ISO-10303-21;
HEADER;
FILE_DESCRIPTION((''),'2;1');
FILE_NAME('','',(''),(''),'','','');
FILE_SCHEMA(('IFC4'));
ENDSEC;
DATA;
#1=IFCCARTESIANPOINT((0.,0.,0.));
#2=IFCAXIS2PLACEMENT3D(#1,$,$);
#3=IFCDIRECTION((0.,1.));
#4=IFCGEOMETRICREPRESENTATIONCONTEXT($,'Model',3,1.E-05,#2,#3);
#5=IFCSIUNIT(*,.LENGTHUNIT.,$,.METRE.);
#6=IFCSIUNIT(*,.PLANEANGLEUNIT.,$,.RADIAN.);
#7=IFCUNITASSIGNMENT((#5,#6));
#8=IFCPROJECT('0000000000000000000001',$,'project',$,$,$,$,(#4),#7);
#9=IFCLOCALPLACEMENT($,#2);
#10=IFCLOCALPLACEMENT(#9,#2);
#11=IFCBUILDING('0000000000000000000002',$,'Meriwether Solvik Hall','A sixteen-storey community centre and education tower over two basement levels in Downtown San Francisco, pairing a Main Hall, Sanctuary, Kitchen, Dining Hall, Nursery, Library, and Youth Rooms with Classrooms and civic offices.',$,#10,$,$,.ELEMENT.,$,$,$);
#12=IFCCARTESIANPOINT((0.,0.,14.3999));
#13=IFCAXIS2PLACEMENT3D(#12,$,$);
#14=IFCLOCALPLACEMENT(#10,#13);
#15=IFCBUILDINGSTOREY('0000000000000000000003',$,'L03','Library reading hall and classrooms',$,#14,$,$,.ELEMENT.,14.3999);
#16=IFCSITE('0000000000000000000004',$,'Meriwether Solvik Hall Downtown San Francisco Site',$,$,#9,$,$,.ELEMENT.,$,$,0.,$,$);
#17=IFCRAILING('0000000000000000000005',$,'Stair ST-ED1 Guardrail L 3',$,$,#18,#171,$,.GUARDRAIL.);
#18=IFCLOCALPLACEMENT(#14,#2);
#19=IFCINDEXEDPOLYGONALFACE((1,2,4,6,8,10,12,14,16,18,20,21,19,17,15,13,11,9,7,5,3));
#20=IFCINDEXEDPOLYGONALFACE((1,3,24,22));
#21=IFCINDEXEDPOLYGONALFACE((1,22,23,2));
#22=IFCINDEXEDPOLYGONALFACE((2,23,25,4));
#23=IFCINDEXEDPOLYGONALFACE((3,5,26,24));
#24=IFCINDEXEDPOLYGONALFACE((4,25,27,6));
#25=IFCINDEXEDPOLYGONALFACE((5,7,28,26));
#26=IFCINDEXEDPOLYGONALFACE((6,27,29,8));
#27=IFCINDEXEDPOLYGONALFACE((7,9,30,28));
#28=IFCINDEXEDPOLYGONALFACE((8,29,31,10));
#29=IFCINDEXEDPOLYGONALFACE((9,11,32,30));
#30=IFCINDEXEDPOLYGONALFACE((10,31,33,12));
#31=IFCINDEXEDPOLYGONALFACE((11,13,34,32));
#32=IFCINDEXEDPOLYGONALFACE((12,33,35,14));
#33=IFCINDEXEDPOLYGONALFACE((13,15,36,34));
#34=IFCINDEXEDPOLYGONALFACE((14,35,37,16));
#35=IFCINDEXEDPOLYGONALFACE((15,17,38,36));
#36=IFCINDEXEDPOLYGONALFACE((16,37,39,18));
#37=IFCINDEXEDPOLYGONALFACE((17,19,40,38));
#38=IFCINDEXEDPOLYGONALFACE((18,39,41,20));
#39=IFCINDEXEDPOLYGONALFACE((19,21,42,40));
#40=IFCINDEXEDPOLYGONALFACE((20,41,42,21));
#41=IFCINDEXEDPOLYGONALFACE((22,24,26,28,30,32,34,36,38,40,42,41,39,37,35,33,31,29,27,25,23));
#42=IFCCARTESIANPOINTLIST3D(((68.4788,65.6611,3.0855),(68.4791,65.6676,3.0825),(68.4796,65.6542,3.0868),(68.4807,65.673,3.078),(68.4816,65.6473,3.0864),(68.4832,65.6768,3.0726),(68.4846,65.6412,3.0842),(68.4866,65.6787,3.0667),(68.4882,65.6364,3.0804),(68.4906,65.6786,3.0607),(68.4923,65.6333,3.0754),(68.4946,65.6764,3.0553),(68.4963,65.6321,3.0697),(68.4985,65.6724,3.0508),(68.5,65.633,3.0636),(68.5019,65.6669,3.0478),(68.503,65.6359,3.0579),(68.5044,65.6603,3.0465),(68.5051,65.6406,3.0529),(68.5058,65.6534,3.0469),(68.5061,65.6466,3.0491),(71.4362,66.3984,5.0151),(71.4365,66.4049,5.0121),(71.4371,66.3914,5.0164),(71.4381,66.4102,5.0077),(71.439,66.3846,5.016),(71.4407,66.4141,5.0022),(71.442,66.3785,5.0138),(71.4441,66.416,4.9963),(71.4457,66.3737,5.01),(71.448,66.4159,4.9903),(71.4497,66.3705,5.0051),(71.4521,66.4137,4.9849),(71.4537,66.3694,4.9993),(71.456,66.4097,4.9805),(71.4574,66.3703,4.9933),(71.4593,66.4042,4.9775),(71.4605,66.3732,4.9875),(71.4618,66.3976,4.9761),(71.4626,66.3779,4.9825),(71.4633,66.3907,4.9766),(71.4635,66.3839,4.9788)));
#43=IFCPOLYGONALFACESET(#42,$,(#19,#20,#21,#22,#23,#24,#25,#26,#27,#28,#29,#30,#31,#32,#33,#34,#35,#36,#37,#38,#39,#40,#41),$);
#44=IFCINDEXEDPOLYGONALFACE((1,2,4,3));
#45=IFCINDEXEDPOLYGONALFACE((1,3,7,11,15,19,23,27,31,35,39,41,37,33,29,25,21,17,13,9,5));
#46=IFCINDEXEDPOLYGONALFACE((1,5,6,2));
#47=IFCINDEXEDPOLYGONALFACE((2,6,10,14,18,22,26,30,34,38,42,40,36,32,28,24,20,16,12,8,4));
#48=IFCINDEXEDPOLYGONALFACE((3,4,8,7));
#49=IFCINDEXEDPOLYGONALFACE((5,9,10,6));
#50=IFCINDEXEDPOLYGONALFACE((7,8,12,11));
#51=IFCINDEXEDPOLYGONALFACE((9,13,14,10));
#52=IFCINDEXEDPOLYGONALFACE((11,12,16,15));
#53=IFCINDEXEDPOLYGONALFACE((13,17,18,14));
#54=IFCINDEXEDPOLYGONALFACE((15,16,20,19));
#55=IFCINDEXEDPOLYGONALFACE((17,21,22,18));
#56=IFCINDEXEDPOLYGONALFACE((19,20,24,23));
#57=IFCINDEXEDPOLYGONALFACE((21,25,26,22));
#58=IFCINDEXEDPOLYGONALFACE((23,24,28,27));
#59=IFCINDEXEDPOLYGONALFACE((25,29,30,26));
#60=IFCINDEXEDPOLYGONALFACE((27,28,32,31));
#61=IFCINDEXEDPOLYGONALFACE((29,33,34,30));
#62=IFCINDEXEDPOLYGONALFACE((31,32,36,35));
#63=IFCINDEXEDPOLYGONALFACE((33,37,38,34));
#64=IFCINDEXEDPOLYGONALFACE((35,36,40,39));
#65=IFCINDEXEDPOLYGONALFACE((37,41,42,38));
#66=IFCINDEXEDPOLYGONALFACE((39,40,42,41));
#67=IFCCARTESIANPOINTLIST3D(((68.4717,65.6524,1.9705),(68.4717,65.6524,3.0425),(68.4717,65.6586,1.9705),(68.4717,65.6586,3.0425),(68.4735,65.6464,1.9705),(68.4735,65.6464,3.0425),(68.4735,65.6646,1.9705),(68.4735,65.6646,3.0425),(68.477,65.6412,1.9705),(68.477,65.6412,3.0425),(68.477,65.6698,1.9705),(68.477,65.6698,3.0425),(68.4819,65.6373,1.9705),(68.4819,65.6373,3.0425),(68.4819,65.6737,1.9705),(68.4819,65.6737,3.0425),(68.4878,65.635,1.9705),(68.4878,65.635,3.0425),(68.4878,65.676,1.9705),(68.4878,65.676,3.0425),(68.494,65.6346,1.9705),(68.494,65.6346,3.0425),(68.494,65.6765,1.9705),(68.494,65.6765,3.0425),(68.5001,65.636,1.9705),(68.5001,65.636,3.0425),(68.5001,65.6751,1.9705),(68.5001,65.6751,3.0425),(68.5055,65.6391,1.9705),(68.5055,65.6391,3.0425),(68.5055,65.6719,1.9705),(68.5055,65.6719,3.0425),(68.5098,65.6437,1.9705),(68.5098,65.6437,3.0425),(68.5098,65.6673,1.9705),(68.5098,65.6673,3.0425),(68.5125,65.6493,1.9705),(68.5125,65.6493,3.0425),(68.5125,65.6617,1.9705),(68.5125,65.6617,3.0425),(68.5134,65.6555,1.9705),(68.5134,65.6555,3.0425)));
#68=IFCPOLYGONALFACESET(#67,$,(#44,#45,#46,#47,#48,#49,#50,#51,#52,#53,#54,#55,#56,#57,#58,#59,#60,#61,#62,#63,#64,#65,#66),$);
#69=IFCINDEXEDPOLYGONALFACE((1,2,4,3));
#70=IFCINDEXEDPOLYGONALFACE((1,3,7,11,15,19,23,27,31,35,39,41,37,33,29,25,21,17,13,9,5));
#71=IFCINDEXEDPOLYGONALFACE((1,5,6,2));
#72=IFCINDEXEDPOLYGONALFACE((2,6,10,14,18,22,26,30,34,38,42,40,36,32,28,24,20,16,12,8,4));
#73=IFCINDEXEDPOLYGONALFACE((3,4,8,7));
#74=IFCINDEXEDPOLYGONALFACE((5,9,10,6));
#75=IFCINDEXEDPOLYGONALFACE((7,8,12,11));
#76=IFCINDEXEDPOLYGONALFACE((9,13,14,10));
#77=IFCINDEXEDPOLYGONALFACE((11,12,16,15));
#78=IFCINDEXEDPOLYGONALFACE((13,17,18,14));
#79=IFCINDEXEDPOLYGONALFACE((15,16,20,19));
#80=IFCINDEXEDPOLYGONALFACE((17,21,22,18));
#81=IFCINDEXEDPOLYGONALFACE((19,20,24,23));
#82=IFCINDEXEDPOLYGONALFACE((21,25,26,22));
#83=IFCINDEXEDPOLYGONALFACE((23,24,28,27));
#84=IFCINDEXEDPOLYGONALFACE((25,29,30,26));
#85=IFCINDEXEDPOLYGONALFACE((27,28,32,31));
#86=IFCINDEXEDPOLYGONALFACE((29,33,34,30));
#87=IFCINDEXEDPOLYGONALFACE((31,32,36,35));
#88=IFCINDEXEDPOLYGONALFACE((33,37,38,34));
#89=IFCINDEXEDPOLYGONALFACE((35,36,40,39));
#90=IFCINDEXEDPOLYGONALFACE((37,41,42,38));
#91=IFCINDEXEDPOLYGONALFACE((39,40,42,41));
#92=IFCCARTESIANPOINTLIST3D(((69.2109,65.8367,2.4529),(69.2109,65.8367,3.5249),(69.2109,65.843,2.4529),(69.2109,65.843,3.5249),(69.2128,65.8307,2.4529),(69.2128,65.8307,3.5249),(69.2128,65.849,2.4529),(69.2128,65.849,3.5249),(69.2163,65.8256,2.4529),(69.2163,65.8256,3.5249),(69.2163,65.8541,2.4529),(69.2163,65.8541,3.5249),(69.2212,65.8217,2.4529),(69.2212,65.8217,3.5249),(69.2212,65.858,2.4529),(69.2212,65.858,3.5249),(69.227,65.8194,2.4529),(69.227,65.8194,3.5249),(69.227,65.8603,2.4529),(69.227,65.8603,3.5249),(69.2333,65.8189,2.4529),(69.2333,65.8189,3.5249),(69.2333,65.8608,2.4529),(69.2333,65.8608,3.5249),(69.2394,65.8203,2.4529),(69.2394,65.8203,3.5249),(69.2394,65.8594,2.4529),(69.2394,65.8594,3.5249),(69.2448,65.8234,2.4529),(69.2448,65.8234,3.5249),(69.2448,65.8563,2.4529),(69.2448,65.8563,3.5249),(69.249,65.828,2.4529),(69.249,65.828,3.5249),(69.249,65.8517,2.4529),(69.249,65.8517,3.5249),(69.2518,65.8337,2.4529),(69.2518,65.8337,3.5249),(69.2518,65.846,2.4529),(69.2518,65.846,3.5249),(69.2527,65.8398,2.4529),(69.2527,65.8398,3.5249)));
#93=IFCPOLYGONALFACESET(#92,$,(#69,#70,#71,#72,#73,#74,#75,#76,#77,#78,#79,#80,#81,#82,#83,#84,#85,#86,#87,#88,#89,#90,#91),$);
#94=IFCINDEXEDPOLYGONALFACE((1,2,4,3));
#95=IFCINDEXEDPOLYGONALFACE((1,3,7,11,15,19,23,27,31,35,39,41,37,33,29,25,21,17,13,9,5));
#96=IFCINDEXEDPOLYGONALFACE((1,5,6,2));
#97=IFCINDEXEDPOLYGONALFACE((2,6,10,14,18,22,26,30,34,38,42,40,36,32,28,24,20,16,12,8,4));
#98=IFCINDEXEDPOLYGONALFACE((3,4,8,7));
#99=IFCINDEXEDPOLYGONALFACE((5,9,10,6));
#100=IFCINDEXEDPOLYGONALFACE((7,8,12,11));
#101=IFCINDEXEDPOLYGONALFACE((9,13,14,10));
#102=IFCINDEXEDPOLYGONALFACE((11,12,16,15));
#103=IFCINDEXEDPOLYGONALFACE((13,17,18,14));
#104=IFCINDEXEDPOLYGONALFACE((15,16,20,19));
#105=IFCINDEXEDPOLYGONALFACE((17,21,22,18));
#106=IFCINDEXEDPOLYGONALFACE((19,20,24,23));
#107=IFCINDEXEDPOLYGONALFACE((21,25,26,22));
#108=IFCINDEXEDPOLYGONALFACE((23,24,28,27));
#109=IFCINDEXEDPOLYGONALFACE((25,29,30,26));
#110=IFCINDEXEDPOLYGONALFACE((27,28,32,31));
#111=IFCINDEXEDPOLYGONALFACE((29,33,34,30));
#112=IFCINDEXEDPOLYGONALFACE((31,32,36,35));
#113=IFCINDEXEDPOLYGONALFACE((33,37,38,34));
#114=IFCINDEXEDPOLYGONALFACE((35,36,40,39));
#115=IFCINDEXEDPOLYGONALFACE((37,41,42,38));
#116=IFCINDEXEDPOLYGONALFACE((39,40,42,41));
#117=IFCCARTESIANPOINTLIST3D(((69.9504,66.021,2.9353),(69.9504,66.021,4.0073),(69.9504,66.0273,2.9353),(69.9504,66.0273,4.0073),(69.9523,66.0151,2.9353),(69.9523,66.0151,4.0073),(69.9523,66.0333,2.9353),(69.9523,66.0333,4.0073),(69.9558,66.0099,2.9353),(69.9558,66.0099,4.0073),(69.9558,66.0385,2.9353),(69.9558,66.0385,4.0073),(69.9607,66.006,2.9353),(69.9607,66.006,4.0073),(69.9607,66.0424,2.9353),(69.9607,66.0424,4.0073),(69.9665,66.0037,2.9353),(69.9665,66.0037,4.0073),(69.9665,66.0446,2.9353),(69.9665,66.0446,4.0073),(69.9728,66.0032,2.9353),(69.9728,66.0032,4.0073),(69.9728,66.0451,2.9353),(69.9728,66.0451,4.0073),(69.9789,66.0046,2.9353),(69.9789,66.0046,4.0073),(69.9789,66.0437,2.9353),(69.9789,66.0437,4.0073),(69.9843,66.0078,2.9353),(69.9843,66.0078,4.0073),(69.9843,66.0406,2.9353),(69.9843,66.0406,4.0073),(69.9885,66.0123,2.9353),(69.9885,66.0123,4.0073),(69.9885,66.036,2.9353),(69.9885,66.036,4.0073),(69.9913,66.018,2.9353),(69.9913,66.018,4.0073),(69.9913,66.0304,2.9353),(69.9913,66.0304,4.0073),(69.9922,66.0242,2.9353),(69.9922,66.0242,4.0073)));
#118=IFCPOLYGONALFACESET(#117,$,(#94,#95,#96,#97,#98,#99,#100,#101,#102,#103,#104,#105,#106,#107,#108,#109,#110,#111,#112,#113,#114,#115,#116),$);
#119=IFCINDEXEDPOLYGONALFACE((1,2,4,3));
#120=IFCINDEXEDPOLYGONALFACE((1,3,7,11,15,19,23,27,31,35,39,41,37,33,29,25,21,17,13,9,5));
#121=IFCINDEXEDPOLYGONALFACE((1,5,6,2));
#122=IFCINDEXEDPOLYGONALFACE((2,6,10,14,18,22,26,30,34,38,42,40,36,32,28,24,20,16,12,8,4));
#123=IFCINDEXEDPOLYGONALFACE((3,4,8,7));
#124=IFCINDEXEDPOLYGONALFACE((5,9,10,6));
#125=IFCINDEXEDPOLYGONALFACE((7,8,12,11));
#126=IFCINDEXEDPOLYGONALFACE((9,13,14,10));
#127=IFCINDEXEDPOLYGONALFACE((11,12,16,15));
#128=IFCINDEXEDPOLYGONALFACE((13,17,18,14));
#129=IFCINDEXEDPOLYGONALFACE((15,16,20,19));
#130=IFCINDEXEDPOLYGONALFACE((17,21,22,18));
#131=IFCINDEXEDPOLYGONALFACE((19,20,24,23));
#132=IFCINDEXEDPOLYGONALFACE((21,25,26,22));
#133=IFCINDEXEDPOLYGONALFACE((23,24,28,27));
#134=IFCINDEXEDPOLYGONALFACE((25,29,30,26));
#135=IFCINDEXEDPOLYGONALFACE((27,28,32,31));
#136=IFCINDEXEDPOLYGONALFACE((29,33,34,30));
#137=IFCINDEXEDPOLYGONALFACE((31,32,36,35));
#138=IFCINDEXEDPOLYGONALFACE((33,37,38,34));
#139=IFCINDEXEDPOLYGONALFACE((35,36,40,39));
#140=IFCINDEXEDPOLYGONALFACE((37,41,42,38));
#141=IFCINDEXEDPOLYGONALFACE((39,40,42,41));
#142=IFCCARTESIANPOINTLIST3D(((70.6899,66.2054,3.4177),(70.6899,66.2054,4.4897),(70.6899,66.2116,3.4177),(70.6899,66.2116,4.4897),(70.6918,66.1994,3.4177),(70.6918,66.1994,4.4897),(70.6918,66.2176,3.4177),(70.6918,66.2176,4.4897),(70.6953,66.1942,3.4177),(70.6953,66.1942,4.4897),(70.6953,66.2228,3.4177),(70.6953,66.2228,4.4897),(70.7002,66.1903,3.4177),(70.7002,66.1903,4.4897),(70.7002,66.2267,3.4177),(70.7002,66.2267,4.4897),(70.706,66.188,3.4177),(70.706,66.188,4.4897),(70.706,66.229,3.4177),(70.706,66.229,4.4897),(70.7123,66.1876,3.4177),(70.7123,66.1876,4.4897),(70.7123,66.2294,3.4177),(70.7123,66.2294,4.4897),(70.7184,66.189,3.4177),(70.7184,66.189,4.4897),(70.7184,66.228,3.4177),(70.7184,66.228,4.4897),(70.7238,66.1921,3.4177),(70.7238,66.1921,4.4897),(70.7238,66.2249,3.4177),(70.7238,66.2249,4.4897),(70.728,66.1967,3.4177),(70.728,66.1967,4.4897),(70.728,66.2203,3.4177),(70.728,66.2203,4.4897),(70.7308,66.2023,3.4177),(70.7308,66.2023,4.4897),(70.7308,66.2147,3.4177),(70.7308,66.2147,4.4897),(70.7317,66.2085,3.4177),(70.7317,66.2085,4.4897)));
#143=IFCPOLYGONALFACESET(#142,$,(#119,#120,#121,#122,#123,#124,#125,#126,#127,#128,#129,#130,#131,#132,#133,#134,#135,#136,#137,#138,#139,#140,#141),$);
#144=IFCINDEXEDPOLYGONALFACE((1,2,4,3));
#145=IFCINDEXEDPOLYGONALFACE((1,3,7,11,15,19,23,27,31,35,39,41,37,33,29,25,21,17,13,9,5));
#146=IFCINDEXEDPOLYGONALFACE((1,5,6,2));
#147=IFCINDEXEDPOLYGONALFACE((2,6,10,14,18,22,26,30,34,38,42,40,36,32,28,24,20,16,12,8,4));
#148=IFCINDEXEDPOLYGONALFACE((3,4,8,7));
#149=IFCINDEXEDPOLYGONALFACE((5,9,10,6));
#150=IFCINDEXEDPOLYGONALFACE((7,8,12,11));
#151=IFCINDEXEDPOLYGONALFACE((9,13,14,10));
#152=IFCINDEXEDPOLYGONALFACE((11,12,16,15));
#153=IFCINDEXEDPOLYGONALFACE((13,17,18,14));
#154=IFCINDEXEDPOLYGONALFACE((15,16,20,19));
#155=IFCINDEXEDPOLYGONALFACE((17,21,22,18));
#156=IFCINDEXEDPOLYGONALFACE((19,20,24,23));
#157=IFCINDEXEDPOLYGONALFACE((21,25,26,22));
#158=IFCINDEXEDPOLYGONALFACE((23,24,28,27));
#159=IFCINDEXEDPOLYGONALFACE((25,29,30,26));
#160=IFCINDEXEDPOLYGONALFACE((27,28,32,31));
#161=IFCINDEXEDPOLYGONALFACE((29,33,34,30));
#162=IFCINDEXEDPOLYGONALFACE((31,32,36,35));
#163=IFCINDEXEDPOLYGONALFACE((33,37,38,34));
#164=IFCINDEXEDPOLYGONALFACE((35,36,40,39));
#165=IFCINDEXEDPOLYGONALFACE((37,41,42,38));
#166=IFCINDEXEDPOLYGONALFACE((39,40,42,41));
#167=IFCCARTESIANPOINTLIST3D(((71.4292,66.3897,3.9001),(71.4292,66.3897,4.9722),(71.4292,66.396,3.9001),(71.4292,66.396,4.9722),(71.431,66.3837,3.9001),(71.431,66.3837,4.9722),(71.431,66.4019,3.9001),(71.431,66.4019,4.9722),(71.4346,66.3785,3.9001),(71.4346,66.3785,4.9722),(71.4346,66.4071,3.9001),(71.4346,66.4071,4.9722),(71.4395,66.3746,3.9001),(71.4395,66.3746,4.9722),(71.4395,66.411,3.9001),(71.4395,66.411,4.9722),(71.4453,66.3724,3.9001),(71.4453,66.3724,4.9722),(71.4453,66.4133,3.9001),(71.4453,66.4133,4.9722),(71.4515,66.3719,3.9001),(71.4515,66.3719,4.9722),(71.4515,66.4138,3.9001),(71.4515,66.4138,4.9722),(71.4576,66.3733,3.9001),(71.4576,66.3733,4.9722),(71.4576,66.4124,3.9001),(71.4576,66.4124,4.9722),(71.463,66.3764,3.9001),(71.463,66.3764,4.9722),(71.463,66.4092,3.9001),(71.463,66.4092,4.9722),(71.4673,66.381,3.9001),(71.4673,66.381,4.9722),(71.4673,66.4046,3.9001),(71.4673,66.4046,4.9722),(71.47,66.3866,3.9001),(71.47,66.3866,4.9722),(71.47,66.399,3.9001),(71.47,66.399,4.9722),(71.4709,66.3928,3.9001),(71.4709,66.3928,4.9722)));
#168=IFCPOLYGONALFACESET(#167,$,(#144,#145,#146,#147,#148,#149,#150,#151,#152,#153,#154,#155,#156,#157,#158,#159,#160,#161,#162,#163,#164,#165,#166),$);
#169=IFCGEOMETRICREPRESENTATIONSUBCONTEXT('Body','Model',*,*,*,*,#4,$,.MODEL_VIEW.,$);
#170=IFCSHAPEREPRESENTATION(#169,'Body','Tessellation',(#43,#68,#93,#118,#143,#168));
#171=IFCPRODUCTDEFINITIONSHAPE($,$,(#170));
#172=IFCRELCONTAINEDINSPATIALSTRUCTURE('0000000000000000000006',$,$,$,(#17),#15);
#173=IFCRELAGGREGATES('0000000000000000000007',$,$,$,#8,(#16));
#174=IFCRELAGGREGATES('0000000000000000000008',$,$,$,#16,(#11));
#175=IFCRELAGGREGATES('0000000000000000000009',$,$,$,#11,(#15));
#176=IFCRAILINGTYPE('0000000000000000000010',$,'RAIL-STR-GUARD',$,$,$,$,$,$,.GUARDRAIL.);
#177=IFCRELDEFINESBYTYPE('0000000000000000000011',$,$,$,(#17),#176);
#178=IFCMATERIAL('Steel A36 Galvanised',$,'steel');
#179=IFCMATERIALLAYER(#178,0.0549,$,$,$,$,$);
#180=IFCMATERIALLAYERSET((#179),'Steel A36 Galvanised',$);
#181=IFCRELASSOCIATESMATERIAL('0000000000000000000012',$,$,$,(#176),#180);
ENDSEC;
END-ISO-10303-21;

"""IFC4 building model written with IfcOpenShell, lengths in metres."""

from ifc_helpers import new_model, si_unit, direction, frame, origin, origin_2d, place, context, subcontext, project, spatial, circle, extrude, material, layer, layer_set, type_object, element, save


model = new_model("IFC4")

# Units and contexts
model_context = context("Model", 3, precision=1e-05, world=origin(), true_north=direction((0.0, 1.0)))
body_context = subcontext(model_context, "Body", "Model", "MODEL_VIEW")
ifc_project = project(units=[si_unit("LENGTHUNIT", "METRE"), si_unit("PLANEANGLEUNIT", "RADIAN")], contexts=[model_context])

# Site, building, storey
site_placement = place(None, origin())
site = spatial("IfcSite", under=ifc_project, at=site_placement, Name="Meriwether Solvik Hall Downtown San Francisco Site", CompositionType="ELEMENT", RefElevation=0.0)
building_placement = place(site_placement, origin())
building = spatial("IfcBuilding", under=site, at=building_placement, Name="Meriwether Solvik Hall", Description="A sixteen-storey community centre and education tower over two basement levels in Downtown San Francisco, pairing a Main Hall, Sanctuary, Kitchen, Dining Hall, Nursery, Library, and Youth Rooms with Classrooms and civic offices.", CompositionType="ELEMENT")
storey_placement = place(building_placement, frame((0.0, 0.0, 14.3999)))
storey = spatial("IfcBuildingStorey", under=building, at=storey_placement, Name="L03", Description="Library reading hall and classrooms", CompositionType="ELEMENT", Elevation=14.3999)

# Railing
ifc_material_1 = material(Name="Steel A36 Galvanised", Category="steel")
ifc_layer_1 = layer(ifc_material_1, 0.0549)
ifc_layer_set_1 = layer_set([ifc_layer_1], Name="Steel A36 Galvanised")
railing_type_1 = type_object("IfcRailingType", Name="RAIL-STR-GUARD", PredefinedType="GUARDRAIL", material=ifc_layer_set_1)
railing_1_placement = place(storey_placement, frame((68.4924, 65.6555, 1.9705)))
element("IfcRailing", 1, at=railing_1_placement, inside=storey, type_object=railing_type_1, Name="Stair ST-ED1 Guardrail L 3", PredefinedType="GUARDRAIL", context=body_context, shape_type="SweptSolid", body=[
    extrude(circle(Radius=0.0239, at=origin_2d()), frame((0.0, 0.0, 1.0962), z_axis=(0.81982, 0.20438, 0.534906), x_axis=(-0.241895, 0.970302, 0.0)), (0.0, 0.0, 1.0), 3.6074),
    extrude(circle(Radius=0.021, at=origin_2d()), origin(), (0.0, 0.0, 1.0), 1.072),
    extrude(circle(Radius=0.021, at=origin_2d()), frame((0.7393, 0.1843, 0.4824)), (0.0, 0.0, 1.0), 1.072),
    extrude(circle(Radius=0.021, at=origin_2d()), frame((1.4788, 0.3687, 0.9648)), (0.0, 0.0, 1.0), 1.072),
    extrude(circle(Radius=0.021, at=origin_2d()), frame((2.2183, 0.553, 1.4473)), (0.0, 0.0, 1.0), 1.072),
    extrude(circle(Radius=0.021, at=origin_2d()), frame((2.9575, 0.7373, 1.9297)), (0.0, 0.0, 1.0), 1.072),
])

save(model, "model.ifc")
